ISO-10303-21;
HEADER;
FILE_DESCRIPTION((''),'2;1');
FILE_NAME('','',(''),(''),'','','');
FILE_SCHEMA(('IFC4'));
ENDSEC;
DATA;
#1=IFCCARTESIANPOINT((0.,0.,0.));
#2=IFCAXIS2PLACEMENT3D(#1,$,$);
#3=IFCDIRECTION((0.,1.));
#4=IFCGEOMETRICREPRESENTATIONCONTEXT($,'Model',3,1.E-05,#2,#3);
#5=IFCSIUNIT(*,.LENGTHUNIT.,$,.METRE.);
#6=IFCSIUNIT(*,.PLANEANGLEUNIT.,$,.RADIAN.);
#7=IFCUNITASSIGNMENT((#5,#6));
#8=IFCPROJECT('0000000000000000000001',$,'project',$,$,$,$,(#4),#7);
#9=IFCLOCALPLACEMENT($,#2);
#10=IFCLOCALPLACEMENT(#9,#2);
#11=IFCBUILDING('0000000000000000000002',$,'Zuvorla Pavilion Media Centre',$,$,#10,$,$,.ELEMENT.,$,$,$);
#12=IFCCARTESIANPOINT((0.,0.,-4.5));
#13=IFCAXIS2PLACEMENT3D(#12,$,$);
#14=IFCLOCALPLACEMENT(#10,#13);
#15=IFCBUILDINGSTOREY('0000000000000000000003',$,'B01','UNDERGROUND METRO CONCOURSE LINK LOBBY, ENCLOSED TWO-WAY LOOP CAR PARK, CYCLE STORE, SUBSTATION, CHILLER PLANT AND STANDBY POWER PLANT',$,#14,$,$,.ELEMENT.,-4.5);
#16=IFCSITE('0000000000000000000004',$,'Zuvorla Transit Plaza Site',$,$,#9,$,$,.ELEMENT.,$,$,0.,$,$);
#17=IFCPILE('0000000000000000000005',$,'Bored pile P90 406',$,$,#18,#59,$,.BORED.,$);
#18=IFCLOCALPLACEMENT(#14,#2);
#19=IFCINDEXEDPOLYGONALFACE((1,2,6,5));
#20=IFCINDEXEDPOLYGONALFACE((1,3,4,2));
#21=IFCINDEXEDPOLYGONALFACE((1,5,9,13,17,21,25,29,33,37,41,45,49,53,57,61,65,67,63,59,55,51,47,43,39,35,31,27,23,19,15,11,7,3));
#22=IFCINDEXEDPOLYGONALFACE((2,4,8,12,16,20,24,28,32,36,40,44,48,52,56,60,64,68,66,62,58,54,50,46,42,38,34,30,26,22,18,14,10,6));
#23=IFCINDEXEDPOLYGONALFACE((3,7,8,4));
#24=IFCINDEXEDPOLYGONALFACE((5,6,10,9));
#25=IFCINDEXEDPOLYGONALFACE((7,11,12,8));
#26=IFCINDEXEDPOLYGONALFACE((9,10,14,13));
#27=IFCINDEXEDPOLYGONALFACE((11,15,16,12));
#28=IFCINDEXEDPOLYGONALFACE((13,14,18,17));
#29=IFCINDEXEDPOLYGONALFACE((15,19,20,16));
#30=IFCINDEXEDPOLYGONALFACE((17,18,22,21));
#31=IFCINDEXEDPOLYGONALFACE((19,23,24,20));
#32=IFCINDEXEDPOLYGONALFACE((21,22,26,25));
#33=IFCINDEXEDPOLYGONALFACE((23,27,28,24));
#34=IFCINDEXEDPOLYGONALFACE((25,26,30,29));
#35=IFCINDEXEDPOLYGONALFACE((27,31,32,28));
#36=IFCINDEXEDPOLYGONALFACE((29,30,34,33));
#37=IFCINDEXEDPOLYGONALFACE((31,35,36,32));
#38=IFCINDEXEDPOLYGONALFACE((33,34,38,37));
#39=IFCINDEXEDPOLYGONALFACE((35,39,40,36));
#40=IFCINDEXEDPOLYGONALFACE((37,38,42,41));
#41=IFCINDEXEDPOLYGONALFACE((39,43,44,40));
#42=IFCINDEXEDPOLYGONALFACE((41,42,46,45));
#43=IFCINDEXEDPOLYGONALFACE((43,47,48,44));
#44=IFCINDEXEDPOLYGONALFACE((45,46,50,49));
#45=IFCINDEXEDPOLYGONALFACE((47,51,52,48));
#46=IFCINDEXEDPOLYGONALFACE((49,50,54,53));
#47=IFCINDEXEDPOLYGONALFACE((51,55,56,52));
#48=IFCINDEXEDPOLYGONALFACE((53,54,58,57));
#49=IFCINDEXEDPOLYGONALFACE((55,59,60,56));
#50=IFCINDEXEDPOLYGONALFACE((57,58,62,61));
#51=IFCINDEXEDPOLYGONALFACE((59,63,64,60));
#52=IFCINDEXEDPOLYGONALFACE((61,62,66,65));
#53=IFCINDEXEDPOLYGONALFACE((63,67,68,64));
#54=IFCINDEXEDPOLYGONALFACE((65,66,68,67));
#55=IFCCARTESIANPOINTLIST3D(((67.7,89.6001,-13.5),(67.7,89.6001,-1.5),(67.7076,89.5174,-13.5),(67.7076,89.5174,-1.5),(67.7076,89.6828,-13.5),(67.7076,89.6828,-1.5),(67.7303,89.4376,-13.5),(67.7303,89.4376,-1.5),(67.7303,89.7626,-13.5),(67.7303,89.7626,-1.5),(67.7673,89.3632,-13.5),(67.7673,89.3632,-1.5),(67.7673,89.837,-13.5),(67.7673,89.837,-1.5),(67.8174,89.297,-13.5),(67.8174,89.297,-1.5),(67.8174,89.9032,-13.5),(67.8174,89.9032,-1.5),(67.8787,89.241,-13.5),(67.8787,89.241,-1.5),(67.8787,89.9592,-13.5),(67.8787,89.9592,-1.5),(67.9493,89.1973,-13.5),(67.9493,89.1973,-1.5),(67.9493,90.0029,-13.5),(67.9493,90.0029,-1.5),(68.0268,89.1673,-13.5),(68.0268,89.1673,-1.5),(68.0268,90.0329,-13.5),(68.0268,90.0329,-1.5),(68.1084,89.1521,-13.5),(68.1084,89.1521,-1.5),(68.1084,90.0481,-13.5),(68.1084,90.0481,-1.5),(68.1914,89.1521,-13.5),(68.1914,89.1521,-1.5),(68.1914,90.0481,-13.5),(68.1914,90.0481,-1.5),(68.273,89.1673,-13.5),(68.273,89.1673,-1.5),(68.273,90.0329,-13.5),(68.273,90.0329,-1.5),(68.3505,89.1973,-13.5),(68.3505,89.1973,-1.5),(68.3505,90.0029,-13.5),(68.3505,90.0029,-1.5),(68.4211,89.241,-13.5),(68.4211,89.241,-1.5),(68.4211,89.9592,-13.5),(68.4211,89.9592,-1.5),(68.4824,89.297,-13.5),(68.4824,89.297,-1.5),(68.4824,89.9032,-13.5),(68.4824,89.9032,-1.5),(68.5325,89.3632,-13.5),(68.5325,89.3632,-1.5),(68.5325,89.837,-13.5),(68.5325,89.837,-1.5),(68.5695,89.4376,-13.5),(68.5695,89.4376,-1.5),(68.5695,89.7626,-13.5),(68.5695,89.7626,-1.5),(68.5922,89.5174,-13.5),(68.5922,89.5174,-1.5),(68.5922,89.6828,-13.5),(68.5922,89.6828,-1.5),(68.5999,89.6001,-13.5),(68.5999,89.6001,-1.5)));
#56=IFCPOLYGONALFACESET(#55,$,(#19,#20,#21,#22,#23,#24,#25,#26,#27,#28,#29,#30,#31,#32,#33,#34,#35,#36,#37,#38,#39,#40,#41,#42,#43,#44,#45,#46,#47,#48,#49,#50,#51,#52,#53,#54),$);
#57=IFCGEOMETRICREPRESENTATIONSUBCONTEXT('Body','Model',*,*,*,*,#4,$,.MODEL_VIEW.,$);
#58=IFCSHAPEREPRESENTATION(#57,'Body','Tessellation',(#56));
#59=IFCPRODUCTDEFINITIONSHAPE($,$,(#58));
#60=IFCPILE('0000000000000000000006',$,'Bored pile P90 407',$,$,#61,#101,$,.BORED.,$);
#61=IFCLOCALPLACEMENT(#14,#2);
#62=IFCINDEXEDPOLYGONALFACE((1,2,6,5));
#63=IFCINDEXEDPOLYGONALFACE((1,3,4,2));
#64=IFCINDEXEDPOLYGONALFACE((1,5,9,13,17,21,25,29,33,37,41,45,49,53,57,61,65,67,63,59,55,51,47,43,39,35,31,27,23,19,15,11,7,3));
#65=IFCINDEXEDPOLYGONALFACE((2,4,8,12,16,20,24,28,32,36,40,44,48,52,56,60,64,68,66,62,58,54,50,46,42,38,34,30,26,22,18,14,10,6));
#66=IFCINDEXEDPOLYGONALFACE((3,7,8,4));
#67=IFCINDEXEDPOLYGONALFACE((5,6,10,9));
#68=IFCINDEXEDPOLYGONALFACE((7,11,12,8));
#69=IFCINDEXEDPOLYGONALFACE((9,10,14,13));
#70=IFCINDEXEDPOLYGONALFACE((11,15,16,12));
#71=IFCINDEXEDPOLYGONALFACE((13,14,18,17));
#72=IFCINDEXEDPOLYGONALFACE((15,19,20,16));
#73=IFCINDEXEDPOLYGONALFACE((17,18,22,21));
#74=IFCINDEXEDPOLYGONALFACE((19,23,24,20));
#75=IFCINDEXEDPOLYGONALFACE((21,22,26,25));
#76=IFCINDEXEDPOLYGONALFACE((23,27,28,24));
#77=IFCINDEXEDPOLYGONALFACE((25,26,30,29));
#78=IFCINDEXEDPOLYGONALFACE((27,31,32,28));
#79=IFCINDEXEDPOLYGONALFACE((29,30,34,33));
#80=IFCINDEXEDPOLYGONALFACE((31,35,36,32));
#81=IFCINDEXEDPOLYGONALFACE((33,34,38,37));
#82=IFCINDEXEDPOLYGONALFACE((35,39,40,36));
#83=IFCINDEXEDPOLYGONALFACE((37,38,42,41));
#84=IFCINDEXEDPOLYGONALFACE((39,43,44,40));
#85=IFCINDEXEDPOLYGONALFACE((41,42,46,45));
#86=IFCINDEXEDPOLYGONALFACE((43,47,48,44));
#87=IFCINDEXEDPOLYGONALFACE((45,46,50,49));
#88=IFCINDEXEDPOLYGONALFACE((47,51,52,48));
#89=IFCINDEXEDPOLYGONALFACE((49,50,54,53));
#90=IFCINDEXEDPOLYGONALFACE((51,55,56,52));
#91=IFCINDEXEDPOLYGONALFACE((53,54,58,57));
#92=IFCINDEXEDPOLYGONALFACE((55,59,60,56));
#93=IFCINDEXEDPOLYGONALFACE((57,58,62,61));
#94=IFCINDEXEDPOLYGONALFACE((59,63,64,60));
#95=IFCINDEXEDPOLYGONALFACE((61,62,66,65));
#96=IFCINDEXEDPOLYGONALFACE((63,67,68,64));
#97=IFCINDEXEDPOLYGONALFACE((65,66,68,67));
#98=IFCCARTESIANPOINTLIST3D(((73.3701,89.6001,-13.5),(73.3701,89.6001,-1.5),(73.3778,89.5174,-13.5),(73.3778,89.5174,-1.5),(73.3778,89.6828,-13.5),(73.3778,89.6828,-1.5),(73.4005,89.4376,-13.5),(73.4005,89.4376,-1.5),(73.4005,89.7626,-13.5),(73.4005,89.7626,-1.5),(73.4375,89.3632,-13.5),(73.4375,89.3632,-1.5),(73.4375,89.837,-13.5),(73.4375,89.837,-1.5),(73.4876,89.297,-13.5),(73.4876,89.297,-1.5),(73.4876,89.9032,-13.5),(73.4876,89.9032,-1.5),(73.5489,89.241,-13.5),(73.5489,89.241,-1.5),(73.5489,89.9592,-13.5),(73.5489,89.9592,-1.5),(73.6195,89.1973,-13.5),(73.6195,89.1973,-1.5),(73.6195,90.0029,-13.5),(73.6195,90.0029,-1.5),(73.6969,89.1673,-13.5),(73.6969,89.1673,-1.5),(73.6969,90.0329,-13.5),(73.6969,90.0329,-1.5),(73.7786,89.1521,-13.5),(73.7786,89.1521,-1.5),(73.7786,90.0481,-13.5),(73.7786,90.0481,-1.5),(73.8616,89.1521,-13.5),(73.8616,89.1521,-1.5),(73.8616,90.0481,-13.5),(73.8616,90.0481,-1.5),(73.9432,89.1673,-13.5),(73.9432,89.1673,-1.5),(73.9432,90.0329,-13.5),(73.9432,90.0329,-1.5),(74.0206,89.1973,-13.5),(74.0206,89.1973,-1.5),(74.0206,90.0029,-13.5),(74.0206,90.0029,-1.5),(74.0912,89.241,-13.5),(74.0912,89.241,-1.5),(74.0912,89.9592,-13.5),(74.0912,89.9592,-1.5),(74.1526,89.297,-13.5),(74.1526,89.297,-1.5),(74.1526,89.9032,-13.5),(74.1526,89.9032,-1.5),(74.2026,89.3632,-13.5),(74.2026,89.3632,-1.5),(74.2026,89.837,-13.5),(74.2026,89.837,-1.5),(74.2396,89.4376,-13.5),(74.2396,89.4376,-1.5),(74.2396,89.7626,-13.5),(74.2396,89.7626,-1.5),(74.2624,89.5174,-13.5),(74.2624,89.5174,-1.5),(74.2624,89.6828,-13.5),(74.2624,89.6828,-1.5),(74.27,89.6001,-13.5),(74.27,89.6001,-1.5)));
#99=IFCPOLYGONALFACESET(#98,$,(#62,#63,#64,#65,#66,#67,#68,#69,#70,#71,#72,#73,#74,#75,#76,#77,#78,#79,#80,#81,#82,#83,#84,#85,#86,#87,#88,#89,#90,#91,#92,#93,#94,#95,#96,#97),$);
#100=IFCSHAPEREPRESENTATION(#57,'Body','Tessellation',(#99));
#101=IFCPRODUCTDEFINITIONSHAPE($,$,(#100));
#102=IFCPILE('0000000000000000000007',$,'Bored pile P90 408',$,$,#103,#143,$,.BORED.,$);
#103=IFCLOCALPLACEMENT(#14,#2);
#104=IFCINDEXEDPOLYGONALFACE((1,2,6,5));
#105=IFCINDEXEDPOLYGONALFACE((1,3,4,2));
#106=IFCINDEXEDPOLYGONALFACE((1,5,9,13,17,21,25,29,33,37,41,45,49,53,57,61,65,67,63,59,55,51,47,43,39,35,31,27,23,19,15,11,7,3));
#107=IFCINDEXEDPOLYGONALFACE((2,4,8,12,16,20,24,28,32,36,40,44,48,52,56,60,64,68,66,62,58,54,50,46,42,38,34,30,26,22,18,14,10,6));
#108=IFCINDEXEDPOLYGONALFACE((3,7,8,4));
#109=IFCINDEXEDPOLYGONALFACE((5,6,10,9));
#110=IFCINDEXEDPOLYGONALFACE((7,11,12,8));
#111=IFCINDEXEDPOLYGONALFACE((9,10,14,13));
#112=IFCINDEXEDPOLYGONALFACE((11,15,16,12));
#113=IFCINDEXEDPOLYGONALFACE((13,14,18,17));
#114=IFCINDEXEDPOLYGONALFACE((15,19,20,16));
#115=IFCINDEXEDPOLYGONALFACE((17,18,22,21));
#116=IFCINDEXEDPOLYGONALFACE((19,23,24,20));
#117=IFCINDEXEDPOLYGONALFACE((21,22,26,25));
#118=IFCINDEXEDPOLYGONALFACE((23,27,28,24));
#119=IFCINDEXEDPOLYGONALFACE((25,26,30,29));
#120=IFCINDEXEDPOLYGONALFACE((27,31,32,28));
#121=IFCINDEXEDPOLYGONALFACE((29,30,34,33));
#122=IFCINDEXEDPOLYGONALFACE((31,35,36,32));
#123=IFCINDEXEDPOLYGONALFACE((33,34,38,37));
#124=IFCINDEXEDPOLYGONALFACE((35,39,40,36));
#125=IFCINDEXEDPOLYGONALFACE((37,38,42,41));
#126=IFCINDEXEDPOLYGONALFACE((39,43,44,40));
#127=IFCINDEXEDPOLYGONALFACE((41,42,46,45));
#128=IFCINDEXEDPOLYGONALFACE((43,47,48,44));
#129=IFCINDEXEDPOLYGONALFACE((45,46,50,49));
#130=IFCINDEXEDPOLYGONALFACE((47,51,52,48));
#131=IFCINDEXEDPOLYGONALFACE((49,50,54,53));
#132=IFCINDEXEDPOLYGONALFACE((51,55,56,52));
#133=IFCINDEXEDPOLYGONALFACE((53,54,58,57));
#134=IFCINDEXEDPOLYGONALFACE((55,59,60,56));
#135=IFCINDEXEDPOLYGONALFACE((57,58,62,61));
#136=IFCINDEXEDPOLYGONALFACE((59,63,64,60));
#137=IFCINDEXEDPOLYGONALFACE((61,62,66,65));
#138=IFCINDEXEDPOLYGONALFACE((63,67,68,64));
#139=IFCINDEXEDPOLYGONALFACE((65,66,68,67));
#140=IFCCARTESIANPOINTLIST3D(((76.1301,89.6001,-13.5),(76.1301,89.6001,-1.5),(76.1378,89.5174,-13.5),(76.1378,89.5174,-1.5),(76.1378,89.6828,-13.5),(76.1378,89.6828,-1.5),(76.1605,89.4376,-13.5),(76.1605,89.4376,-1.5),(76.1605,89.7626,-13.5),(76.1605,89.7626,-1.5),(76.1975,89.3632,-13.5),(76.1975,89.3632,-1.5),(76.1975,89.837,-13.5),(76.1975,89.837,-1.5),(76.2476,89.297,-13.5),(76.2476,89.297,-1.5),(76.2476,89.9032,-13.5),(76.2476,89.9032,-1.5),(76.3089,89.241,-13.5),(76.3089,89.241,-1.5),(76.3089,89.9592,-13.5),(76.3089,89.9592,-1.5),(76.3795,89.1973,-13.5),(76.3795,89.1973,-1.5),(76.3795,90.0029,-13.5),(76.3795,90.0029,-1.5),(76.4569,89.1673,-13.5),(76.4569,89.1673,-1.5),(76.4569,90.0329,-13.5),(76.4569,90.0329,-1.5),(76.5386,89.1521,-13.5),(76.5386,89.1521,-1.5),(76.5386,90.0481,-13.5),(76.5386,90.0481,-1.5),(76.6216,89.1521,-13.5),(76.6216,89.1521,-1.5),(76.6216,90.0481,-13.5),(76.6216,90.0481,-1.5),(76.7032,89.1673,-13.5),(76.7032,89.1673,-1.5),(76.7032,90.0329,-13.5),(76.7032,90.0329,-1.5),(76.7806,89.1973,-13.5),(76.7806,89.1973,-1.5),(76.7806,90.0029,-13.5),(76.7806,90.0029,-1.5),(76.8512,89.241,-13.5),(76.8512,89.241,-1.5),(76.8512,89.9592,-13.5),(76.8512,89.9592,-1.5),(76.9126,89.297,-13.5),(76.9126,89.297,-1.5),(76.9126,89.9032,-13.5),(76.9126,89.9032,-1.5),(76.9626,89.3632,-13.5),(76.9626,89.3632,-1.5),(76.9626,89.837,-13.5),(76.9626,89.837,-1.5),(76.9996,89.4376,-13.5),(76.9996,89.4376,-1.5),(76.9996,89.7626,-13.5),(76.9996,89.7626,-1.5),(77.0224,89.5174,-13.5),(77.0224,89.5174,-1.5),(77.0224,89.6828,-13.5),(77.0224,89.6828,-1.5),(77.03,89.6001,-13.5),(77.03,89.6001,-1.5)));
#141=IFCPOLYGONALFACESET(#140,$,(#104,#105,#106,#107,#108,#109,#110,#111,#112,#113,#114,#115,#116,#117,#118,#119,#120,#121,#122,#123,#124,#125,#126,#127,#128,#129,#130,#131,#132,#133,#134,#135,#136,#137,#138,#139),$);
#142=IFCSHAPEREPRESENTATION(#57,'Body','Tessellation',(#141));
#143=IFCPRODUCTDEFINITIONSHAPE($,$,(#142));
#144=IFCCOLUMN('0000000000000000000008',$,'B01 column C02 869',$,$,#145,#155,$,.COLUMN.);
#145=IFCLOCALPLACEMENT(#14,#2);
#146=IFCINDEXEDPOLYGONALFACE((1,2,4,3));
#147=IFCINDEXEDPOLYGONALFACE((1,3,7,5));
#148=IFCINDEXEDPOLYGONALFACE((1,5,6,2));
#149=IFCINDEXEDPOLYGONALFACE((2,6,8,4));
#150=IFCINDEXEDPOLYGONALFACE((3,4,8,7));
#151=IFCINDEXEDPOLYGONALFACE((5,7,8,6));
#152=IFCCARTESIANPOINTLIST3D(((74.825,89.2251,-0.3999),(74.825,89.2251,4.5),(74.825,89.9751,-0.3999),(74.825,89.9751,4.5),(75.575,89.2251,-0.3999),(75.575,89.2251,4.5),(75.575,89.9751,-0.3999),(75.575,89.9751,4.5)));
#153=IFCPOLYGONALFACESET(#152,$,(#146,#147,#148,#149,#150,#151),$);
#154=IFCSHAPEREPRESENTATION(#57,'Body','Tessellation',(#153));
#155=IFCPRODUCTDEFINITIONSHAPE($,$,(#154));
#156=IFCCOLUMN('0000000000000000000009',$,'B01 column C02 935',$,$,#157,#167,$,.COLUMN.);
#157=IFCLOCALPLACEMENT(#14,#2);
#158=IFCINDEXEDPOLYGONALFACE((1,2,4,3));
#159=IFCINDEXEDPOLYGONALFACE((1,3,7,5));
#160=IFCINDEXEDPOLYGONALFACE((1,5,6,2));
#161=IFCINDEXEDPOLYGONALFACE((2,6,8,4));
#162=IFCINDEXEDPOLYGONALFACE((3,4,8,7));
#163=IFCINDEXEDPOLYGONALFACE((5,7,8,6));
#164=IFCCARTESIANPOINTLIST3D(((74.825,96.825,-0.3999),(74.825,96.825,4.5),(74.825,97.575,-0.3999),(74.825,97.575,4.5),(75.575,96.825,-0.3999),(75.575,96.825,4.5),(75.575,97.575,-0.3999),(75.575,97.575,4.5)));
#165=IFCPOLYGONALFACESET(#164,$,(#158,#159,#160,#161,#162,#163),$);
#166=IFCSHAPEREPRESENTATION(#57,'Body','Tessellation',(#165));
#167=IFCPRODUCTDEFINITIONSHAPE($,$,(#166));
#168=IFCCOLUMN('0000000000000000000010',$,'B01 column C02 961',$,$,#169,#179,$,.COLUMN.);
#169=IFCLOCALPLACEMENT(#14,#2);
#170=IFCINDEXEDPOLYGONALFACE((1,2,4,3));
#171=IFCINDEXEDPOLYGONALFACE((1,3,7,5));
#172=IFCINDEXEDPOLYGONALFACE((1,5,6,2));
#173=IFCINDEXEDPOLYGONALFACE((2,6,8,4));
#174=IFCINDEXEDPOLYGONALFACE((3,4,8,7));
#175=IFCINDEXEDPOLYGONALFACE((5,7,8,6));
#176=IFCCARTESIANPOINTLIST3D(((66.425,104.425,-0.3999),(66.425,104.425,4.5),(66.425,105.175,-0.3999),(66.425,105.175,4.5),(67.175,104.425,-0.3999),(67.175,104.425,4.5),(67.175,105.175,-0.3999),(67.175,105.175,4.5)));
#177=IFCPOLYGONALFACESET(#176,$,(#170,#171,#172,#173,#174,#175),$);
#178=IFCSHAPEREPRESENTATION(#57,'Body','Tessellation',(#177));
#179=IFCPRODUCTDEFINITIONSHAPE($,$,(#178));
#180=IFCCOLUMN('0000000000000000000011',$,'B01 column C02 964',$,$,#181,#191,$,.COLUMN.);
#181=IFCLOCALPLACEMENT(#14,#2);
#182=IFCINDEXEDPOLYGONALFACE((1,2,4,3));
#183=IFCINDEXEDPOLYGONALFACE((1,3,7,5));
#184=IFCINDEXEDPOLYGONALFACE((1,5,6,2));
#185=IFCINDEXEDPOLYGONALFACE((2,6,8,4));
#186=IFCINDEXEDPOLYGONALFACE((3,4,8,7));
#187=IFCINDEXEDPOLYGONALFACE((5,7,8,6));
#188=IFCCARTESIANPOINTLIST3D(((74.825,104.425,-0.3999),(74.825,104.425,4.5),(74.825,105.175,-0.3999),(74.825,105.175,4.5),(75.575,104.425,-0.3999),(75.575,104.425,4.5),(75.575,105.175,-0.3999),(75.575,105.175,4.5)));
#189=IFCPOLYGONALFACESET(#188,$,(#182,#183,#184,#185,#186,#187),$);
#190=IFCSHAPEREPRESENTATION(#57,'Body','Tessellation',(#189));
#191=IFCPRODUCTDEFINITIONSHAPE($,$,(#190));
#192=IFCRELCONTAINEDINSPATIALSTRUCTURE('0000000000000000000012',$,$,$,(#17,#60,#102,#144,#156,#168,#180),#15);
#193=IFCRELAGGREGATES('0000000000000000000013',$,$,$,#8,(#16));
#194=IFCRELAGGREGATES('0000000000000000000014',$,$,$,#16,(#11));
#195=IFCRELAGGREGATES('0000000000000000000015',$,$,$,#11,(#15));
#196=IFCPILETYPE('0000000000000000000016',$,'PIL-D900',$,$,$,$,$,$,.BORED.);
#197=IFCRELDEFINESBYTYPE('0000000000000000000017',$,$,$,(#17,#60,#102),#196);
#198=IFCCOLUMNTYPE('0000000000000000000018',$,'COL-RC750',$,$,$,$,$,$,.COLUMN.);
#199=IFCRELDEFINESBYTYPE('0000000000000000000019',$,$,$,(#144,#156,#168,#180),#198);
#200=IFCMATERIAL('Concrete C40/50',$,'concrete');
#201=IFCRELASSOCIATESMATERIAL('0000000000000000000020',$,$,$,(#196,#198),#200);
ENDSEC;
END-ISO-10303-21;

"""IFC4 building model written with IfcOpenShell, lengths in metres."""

from ifc_helpers import new_model, si_unit, direction, frame, origin, origin_2d, place, context, subcontext, project, spatial, rectangle, circle, extrude, material, material_profile, profile_set, type_object, element, save


model = new_model("IFC4")

# Units and contexts
model_context = context("Model", 3, precision=1e-05, world=origin(), true_north=direction((0.0, 1.0)))
body_context = subcontext(model_context, "Body", "Model", "MODEL_VIEW")
ifc_project = project(units=[si_unit("LENGTHUNIT", "METRE"), si_unit("PLANEANGLEUNIT", "RADIAN")], contexts=[model_context])

# Site, building, storey
site_placement = place(None, origin())
site = spatial("IfcSite", under=ifc_project, at=site_placement, Name="Zuvorla Transit Plaza Site", CompositionType="ELEMENT", RefElevation=0.0)
building_placement = place(site_placement, origin())
building = spatial("IfcBuilding", under=site, at=building_placement, Name="Zuvorla Pavilion Media Centre", CompositionType="ELEMENT")
storey_placement = place(building_placement, frame((0.0, 0.0, -4.5)))
storey = spatial("IfcBuildingStorey", under=building, at=storey_placement, Name="B01", Description="UNDERGROUND METRO CONCOURSE LINK LOBBY, ENCLOSED TWO-WAY LOOP CAR PARK, CYCLE STORE, SUBSTATION, CHILLER PLANT AND STANDBY POWER PLANT", CompositionType="ELEMENT", Elevation=-4.5)

# Shared definitions
ifc_material = material(Name="Concrete C40/50", Category="concrete")

# Piles
ifc_material_profile_1 = material_profile(ifc_material, circle(Radius=0.45, at=origin_2d()), Name="BORED PILE 900")
ifc_profile_set_1 = profile_set([ifc_material_profile_1], Name="Concrete C40/50")
pile_type_1 = type_object("IfcPileType", Name="PIL-D900", PredefinedType="BORED", material=ifc_profile_set_1)
for number, where, z_axis, x_axis, name in (
    (1, (68.1499, 89.6001, -1.5), (0.0, 0.0, -1.0), (1.0, 0.0, 0.0), "Bored pile P90 406"),
    (2, (73.8201, 89.6001, -1.5), (0.0, 0.0, -1.0), (1.0, 0.0, 0.0), "Bored pile P90 407"),
    (3, (76.5801, 89.6001, -1.5), (0.0, 0.0, -1.0), (1.0, 0.0, 0.0), "Bored pile P90 408"),
):
    element("IfcPile", number, at=place(storey_placement, frame(where, z_axis=z_axis, x_axis=x_axis)), inside=storey, type_object=pile_type_1, Name=name, PredefinedType="BORED", context=body_context, shape_type="SweptSolid", body=[
        extrude(circle(Radius=0.45, at=origin_2d()), origin(), (0.0, 0.0, 1.0), 12.0),
    ])

# Columns
ifc_material_profile_2 = material_profile(ifc_material, rectangle(XDim=0.75, YDim=0.75, at=origin_2d()), Name="RC 750x750")
ifc_profile_set_2 = profile_set([ifc_material_profile_2], Name="Concrete C40/50")
column_type = type_object("IfcColumnType", Name="COL-RC750", PredefinedType="COLUMN", material=ifc_profile_set_2)
for number, where, z_axis, x_axis, name in (
    (4, (75.2, 89.6001, -0.3999), (0.0, 0.0, 1.0), (1.0, 0.0, 0.0), "B01 column C02 869"),
    (5, (75.2, 97.2, -0.3999), (0.0, 0.0, 1.0), (1.0, 0.0, 0.0), "B01 column C02 935"),
    (6, (66.8, 104.8, -0.3999), (0.0, 0.0, 1.0), (1.0, 0.0, 0.0), "B01 column C02 961"),
    (7, (75.2, 104.8, -0.3999), (0.0, 0.0, 1.0), (1.0, 0.0, 0.0), "B01 column C02 964"),
):
    element("IfcColumn", number, at=place(storey_placement, frame(where, z_axis=z_axis, x_axis=x_axis)), inside=storey, type_object=column_type, Name=name, PredefinedType="COLUMN", context=body_context, shape_type="SweptSolid", body=[
        extrude(rectangle(XDim=0.75, YDim=0.75, at=origin_2d()), origin(), (0.0, 0.0, 1.0), 4.8999),
    ])

save(model, "model.ifc")
